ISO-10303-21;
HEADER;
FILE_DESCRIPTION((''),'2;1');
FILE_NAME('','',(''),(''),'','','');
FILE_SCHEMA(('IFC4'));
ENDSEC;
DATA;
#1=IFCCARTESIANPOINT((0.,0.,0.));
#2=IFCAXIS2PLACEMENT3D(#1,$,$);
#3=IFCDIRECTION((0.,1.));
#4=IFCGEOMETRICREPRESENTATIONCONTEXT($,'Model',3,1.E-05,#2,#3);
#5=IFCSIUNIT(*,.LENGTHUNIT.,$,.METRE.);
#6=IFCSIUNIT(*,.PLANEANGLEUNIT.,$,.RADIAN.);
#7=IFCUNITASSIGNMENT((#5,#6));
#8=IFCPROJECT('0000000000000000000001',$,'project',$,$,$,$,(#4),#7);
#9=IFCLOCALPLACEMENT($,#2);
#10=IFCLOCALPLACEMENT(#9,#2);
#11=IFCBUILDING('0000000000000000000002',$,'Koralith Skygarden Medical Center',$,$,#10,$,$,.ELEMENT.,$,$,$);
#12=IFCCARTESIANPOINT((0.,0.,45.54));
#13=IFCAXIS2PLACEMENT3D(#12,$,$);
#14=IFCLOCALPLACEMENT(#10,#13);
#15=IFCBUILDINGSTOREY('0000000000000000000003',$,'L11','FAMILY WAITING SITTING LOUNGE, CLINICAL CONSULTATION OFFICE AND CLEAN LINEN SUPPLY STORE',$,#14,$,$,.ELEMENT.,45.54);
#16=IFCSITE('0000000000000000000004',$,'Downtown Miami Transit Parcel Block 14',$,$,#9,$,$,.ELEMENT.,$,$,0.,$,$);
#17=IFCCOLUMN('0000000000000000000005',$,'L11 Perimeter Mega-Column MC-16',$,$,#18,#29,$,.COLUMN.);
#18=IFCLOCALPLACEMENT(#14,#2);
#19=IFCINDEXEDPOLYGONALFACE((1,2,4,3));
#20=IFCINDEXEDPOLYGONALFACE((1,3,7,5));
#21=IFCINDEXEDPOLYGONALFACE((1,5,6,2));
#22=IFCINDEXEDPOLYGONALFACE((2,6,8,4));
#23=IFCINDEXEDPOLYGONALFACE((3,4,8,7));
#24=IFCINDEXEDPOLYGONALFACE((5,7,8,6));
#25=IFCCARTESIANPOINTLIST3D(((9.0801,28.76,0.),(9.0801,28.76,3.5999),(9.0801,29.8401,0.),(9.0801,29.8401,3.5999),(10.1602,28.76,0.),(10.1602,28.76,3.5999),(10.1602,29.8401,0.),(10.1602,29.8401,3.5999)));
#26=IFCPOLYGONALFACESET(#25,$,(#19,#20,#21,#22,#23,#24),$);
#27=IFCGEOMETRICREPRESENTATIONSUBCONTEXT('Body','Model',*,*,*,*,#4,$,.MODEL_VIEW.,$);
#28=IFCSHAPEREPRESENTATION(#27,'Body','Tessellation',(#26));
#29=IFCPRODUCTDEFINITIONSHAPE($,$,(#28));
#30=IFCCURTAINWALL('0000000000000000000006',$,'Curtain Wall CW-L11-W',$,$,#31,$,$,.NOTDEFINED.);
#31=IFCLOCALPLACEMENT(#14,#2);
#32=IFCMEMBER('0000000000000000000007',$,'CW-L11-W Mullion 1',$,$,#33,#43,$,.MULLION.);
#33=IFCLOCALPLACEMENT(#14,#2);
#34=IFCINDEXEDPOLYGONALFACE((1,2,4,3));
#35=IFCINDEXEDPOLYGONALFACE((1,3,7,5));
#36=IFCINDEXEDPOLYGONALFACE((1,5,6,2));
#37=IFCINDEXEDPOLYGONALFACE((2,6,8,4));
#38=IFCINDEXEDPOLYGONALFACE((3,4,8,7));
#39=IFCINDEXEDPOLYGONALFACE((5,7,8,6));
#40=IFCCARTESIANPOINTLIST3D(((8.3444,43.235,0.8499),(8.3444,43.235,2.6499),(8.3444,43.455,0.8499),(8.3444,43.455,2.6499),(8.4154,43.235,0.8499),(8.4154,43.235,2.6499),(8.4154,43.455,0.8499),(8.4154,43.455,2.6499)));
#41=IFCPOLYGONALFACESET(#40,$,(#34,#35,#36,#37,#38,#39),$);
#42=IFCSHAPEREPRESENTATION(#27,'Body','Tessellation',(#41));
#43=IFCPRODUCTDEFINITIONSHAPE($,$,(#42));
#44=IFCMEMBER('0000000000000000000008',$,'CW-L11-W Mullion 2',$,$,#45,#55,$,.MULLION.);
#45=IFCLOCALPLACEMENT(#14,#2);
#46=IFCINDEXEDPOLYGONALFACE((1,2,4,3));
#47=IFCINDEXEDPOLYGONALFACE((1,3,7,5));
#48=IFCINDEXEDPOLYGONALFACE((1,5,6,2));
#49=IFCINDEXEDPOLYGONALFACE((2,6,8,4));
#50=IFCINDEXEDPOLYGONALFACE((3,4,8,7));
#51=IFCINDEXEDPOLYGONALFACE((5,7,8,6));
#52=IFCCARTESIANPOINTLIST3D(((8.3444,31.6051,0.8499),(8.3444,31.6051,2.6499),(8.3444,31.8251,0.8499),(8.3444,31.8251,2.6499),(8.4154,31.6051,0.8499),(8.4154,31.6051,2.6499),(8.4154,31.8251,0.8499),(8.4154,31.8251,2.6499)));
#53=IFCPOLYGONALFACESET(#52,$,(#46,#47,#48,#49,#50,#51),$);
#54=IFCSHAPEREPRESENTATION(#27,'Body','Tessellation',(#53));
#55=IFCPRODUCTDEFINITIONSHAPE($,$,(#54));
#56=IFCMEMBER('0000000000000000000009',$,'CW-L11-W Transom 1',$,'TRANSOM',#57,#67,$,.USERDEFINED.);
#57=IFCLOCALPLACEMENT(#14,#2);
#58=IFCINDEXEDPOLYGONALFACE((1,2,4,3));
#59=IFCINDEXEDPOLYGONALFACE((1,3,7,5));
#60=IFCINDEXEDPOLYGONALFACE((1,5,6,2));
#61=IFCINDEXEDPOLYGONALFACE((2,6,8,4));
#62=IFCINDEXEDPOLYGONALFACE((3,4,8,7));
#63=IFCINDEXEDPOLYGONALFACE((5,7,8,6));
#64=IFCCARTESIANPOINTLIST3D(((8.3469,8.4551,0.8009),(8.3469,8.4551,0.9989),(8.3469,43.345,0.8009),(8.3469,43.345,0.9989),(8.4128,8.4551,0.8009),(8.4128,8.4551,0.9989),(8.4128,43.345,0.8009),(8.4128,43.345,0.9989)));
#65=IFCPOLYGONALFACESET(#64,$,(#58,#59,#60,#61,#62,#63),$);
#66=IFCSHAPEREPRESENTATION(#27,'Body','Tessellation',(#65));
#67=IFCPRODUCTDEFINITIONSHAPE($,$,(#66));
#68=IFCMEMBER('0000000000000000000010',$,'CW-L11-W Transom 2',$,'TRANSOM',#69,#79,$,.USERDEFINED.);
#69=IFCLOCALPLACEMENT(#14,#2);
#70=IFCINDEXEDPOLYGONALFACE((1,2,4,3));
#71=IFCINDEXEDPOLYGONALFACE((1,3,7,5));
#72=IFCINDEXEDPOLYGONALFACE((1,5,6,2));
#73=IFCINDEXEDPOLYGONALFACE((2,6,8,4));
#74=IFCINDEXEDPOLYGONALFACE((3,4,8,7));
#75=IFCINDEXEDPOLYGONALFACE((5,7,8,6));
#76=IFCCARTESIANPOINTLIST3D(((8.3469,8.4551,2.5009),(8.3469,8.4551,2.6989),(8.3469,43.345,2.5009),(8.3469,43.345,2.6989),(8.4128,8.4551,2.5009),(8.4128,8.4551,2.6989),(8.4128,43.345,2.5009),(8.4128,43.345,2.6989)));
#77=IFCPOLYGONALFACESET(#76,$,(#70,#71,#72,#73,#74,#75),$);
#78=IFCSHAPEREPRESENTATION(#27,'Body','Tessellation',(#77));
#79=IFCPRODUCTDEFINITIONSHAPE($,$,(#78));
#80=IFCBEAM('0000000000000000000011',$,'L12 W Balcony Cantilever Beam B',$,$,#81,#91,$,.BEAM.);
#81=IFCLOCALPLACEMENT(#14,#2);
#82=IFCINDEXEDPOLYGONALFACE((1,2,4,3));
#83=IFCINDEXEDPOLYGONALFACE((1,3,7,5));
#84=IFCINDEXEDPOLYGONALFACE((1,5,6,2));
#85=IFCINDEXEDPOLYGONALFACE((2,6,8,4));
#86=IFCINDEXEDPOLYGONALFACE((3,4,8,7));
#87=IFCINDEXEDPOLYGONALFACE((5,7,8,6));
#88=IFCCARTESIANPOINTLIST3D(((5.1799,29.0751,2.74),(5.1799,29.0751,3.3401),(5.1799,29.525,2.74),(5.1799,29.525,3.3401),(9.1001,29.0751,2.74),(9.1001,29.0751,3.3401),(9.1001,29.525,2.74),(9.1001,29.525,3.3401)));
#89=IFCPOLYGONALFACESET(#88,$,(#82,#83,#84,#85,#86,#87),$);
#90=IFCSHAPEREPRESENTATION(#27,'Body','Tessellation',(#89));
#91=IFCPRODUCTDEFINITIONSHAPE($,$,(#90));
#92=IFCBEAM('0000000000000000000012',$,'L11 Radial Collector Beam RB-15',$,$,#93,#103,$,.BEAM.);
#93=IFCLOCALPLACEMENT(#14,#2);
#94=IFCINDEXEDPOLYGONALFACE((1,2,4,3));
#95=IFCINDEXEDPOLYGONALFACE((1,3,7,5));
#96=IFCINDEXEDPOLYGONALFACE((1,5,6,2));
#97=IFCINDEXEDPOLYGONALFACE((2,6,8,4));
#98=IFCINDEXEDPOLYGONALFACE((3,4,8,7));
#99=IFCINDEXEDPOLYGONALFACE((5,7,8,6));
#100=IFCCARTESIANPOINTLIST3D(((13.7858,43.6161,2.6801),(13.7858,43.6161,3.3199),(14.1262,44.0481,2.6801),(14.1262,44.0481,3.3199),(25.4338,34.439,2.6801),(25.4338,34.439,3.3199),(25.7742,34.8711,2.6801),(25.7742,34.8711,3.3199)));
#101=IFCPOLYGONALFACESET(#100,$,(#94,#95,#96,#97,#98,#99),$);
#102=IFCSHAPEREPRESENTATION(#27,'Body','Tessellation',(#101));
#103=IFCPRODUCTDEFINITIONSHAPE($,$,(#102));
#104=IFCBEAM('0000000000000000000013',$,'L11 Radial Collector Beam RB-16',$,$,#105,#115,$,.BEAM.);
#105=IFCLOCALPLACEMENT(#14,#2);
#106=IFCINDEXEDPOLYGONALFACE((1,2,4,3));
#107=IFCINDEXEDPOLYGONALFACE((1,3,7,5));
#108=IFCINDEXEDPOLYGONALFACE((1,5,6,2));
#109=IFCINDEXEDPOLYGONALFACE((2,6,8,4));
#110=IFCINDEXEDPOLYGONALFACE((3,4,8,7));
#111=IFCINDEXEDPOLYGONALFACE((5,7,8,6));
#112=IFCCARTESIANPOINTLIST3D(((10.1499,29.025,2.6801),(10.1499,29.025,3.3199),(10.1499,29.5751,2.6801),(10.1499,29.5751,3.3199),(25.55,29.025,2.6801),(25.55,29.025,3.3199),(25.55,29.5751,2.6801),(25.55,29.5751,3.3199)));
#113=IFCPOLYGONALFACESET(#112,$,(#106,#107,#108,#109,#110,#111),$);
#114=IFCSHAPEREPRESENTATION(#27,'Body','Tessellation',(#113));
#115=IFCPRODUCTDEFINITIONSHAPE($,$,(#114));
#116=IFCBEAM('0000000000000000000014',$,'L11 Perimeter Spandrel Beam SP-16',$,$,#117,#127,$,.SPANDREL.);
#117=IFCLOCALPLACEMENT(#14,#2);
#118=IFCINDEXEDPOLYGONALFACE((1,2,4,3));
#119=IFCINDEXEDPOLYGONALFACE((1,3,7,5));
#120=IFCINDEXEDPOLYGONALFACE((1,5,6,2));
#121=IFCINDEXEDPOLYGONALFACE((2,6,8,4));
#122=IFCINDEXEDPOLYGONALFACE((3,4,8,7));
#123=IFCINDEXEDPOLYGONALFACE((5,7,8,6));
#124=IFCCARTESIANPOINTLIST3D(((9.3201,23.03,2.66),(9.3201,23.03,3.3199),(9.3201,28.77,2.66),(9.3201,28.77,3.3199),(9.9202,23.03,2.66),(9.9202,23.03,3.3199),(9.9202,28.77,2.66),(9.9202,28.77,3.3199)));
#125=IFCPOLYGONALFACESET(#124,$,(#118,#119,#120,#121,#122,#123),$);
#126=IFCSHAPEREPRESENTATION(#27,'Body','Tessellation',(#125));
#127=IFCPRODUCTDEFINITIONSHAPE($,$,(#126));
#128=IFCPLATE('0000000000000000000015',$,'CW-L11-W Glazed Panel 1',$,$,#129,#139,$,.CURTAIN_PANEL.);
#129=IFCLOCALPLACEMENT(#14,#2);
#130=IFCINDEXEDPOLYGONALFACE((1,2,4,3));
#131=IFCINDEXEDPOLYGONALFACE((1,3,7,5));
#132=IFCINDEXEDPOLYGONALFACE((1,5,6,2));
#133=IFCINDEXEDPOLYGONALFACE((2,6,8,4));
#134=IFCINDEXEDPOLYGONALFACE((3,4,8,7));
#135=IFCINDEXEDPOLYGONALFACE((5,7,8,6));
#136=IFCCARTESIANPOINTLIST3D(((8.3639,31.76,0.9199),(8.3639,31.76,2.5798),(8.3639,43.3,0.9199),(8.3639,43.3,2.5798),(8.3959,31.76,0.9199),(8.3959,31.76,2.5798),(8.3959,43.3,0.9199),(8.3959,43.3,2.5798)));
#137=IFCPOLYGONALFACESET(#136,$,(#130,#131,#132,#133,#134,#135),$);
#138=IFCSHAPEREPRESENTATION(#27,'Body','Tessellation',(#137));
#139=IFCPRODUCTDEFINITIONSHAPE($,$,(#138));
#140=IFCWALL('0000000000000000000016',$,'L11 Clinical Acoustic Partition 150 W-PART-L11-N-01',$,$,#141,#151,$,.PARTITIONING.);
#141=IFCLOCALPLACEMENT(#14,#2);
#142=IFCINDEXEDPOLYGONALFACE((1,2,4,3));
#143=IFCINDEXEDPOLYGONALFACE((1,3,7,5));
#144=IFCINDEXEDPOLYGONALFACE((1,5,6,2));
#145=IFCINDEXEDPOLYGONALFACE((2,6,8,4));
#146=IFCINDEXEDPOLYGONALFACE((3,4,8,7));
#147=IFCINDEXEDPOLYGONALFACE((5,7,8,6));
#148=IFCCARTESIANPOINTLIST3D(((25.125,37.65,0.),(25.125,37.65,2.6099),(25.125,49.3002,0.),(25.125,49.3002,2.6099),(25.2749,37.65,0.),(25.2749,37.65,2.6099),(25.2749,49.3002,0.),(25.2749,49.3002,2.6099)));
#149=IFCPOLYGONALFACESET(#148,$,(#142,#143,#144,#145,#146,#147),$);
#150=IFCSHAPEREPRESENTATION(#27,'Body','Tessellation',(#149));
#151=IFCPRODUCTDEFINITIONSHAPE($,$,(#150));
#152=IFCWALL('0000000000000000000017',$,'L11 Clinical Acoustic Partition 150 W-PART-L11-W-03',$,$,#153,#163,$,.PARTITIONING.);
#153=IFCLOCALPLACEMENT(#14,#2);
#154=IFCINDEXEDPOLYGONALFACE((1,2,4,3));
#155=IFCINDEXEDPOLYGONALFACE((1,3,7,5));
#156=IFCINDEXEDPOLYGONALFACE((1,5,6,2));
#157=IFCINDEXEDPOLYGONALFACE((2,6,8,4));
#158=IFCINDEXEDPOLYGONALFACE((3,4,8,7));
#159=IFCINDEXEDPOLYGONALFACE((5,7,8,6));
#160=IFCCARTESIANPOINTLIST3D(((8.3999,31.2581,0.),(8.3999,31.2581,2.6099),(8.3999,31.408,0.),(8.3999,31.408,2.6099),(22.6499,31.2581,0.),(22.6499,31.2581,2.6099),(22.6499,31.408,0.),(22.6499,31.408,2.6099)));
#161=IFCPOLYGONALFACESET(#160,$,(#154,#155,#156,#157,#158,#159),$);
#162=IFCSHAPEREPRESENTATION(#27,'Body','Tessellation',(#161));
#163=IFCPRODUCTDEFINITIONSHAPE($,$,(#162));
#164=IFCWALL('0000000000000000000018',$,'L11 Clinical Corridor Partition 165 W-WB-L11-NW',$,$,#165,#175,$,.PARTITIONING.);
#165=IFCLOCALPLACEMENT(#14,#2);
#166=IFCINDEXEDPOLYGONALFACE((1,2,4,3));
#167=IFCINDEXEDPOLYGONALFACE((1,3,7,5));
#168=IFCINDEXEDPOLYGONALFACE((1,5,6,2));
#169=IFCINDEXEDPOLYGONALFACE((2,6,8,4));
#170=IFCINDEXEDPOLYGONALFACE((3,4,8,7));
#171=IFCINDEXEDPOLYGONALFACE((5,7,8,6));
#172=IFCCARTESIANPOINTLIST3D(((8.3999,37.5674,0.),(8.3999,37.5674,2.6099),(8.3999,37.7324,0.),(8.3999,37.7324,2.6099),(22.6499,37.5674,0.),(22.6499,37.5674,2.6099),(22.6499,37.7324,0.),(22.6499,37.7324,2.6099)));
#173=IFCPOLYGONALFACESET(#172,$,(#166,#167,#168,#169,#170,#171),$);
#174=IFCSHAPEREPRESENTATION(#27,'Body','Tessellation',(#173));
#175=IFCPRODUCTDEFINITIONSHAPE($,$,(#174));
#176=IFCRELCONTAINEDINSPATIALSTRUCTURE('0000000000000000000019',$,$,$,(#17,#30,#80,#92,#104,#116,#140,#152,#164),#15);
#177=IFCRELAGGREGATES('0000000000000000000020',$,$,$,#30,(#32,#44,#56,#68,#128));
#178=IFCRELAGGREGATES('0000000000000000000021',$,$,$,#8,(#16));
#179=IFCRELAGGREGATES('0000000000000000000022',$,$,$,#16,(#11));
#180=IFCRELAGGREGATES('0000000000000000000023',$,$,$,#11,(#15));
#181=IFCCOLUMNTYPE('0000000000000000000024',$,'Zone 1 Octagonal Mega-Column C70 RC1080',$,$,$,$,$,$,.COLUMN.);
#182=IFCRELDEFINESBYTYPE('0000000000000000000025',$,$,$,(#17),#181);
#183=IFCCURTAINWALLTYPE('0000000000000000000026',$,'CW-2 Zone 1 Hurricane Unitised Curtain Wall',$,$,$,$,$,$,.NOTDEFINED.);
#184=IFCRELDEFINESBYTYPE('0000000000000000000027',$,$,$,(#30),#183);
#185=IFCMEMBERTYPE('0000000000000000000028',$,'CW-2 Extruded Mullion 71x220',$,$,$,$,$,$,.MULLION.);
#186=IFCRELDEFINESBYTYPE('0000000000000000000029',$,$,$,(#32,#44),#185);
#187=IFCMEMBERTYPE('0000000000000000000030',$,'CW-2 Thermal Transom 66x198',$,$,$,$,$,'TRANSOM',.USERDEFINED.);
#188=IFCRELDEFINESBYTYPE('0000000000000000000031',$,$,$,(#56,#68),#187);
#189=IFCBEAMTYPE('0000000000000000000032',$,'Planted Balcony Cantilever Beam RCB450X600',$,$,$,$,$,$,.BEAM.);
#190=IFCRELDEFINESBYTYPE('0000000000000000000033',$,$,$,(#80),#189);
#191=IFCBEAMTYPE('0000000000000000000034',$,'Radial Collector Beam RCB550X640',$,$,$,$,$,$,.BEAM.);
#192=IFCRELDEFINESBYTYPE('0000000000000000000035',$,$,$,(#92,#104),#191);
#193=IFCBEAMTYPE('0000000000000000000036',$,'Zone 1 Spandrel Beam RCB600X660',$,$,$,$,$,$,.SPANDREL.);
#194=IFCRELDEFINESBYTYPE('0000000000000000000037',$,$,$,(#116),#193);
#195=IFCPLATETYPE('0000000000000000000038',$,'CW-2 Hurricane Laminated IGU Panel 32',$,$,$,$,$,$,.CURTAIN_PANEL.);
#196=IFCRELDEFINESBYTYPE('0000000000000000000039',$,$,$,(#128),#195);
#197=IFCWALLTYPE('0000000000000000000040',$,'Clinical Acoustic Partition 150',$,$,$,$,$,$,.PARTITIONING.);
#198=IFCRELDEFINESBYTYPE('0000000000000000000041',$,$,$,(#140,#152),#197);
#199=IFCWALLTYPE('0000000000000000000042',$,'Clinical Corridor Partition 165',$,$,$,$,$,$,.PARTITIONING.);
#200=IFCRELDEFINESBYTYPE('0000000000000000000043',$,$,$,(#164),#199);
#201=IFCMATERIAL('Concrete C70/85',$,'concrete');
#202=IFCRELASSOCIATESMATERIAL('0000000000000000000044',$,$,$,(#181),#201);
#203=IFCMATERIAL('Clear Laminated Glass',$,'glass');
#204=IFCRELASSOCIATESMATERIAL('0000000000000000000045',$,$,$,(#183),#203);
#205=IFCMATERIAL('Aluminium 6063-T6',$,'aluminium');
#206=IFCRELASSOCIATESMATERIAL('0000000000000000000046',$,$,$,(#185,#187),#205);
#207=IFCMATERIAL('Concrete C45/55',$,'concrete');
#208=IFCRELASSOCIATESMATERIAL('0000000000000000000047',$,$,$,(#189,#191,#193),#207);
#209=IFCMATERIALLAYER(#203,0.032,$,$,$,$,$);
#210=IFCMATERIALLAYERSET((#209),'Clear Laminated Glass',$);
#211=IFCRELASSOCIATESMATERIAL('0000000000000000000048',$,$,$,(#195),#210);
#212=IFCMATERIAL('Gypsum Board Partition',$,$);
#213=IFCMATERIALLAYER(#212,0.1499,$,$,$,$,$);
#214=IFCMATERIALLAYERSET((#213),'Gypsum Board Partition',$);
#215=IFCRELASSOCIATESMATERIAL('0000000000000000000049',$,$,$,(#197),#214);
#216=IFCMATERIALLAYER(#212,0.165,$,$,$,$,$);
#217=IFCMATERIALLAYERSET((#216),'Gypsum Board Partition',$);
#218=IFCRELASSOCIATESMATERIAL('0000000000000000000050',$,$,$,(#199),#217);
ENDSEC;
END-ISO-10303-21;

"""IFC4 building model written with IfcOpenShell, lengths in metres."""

from ifc_helpers import new_model, si_unit, direction, frame, frame_2d, origin, origin_2d, place, context, subcontext, project, spatial, rectangle, extrude, material, layer, layer_set, material_profile, profile_set, type_object, element, aggregate, save


model = new_model("IFC4")

# Units and contexts
model_context = context("Model", 3, precision=1e-05, world=origin(), true_north=direction((0.0, 1.0)))
body_context = subcontext(model_context, "Body", "Model", "MODEL_VIEW")
ifc_project = project(units=[si_unit("LENGTHUNIT", "METRE"), si_unit("PLANEANGLEUNIT", "RADIAN")], contexts=[model_context])

# Site, building, storey
site_placement = place(None, origin())
site = spatial("IfcSite", under=ifc_project, at=site_placement, Name="Downtown Miami Transit Parcel Block 14", CompositionType="ELEMENT", RefElevation=0.0)
building_placement = place(site_placement, origin())
building = spatial("IfcBuilding", under=site, at=building_placement, Name="Koralith Skygarden Medical Center", CompositionType="ELEMENT")
storey_placement = place(building_placement, frame((0.0, 0.0, 45.54)))
storey = spatial("IfcBuildingStorey", under=building, at=storey_placement, Name="L11", Description="FAMILY WAITING SITTING LOUNGE, CLINICAL CONSULTATION OFFICE AND CLEAN LINEN SUPPLY STORE", CompositionType="ELEMENT", Elevation=45.54)

# Column
ifc_material_1 = material(Name="Concrete C70/85", Category="concrete")
ifc_material_profile_1 = material_profile(ifc_material_1, rectangle(XDim=1.0801, YDim=1.0801, at=origin_2d()), Name="RC1080X1080")
ifc_profile_set_1 = profile_set([ifc_material_profile_1], Name="Concrete C70/85")
column_type = type_object("IfcColumnType", Name="Zone 1 Octagonal Mega-Column C70 RC1080", PredefinedType="COLUMN", material=ifc_profile_set_1)
column_placement = place(storey_placement, frame((9.6201, 29.3, 0.0), z_axis=(0.0, 0.0, 1.0), x_axis=(1.0, 0.0, 0.0)))
element("IfcColumn", 1, at=column_placement, inside=storey, type_object=column_type, Name="L11 Perimeter Mega-Column MC-16", PredefinedType="COLUMN", context=body_context, shape_type="SweptSolid", body=[
    extrude(rectangle(XDim=1.0801, YDim=1.0801, at=origin_2d()), origin(), (0.0, 0.0, 1.0), 3.5999),
])

# Curtain wall, members
ifc_material_2 = material(Name="Clear Laminated Glass", Category="glass")
curtain_wall_type = type_object("IfcCurtainWallType", Name="CW-2 Zone 1 Hurricane Unitised Curtain Wall", PredefinedType="NOTDEFINED", material=ifc_material_2)
curtain_wall_placement = place(storey_placement, origin())
curtain_wall = element("IfcCurtainWall", 2, at=curtain_wall_placement, inside=storey, type_object=curtain_wall_type, Name="Curtain Wall CW-L11-W", PredefinedType="NOTDEFINED")
ifc_material_3 = material(Name="Aluminium 6063-T6", Category="aluminium")
ifc_material_profile_2 = material_profile(ifc_material_3, rectangle(XDim=0.071, YDim=0.22, at=origin_2d()), Name="MUL71X220")
ifc_profile_set_2 = profile_set([ifc_material_profile_2], Name="Aluminium 6063-T6")
member_type_1 = type_object("IfcMemberType", Name="CW-2 Extruded Mullion 71x220", PredefinedType="MULLION", material=ifc_profile_set_2)
member_1_placement = place(storey_placement, frame((8.3799, 43.345, 0.8499), z_axis=(0.0, 0.0, 1.0), x_axis=(1.0, 0.0, 0.0)))
member_1 = element("IfcMember", 3, at=member_1_placement, type_object=member_type_1, Name="CW-L11-W Mullion 1", PredefinedType="MULLION", context=body_context, shape_type="SweptSolid", body=[
    extrude(rectangle(XDim=0.071, YDim=0.22, at=origin_2d()), origin(), (0.0, 0.0, 1.0), 1.8),
])
member_2_placement = place(storey_placement, frame((8.3799, 31.7151, 0.8499), z_axis=(0.0, 0.0, 1.0), x_axis=(1.0, 0.0, 0.0)))
member_2 = element("IfcMember", 4, at=member_2_placement, type_object=member_type_1, Name="CW-L11-W Mullion 2", PredefinedType="MULLION", context=body_context, shape_type="SweptSolid", body=[
    extrude(rectangle(XDim=0.071, YDim=0.22, at=origin_2d()), origin(), (0.0, 0.0, 1.0), 1.8),
])
ifc_material_profile_3 = material_profile(ifc_material_3, rectangle(XDim=0.0659, YDim=0.198, at=origin_2d()), Name="TRN66X198")
ifc_profile_set_3 = profile_set([ifc_material_profile_3], Name="Aluminium 6063-T6")
member_type_2 = type_object("IfcMemberType", Name="CW-2 Thermal Transom 66x198", ElementType="TRANSOM", PredefinedType="USERDEFINED", material=ifc_profile_set_3)
member_3_placement = place(storey_placement, frame((8.3799, 43.345, 0.8999), z_axis=(0.0, -1.0, 0.0), x_axis=(1.0, 0.0, 0.0)))
member_3 = element("IfcMember", 5, at=member_3_placement, type_object=member_type_2, Name="CW-L11-W Transom 1", ObjectType="TRANSOM", PredefinedType="USERDEFINED", context=body_context, shape_type="SweptSolid", body=[
    extrude(rectangle(XDim=0.0659, YDim=0.198, at=origin_2d()), origin(), (0.0, 0.0, 1.0), 34.8899),
])
member_4_placement = place(storey_placement, frame((8.3799, 43.345, 2.5999), z_axis=(0.0, -1.0, 0.0), x_axis=(1.0, 0.0, 0.0)))
member_4 = element("IfcMember", 6, at=member_4_placement, type_object=member_type_2, Name="CW-L11-W Transom 2", ObjectType="TRANSOM", PredefinedType="USERDEFINED", context=body_context, shape_type="SweptSolid", body=[
    extrude(rectangle(XDim=0.0659, YDim=0.198, at=origin_2d()), origin(), (0.0, 0.0, 1.0), 34.8899),
])

# Beams
ifc_material_4 = material(Name="Concrete C45/55", Category="concrete")
ifc_material_profile_4 = material_profile(ifc_material_4, rectangle(XDim=0.45, YDim=0.6001, at=origin_2d()), Name="RCB450X600")
ifc_profile_set_4 = profile_set([ifc_material_profile_4], Name="Concrete C45/55")
beam_type_1 = type_object("IfcBeamType", Name="Planted Balcony Cantilever Beam RCB450X600", PredefinedType="BEAM", material=ifc_profile_set_4)
beam_1_placement = place(storey_placement, frame((9.1001, 29.3, 3.04), z_axis=(-1.0, 0.0, 0.0), x_axis=(0.0, -1.0, 0.0)))
element("IfcBeam", 7, at=beam_1_placement, inside=storey, type_object=beam_type_1, Name="L12 W Balcony Cantilever Beam B", PredefinedType="BEAM", context=body_context, shape_type="SweptSolid", body=[
    extrude(rectangle(XDim=0.45, YDim=0.6001, at=origin_2d()), origin(), (0.0, 0.0, 1.0), 3.9202),
])
ifc_material_profile_5 = material_profile(ifc_material_4, rectangle(XDim=0.55, YDim=0.6399, at=origin_2d()), Name="RCB550X640")
ifc_profile_set_5 = profile_set([ifc_material_profile_5], Name="Concrete C45/55")
beam_type_2 = type_object("IfcBeamType", Name="Radial Collector Beam RCB550X640", PredefinedType="BEAM", material=ifc_profile_set_5)
beam_2_placement = place(storey_placement, frame((25.604, 34.655, 3.0), z_axis=(-0.785497, 0.618865, 0.0), x_axis=(-0.618865, -0.785497, 0.0)))
element("IfcBeam", 8, at=beam_2_placement, inside=storey, type_object=beam_type_2, Name="L11 Radial Collector Beam RB-15", PredefinedType="BEAM", context=body_context, shape_type="SweptSolid", body=[
    extrude(rectangle(XDim=0.55, YDim=0.6399, at=origin_2d()), origin(), (0.0, 0.0, 1.0), 14.8289),
])
beam_3_placement = place(storey_placement, frame((25.55, 29.3, 3.0), z_axis=(-1.0, 0.0, 0.0), x_axis=(0.0, -1.0, 0.0)))
element("IfcBeam", 9, at=beam_3_placement, inside=storey, type_object=beam_type_2, Name="L11 Radial Collector Beam RB-16", PredefinedType="BEAM", context=body_context, shape_type="SweptSolid", body=[
    extrude(rectangle(XDim=0.55, YDim=0.6399, at=origin_2d()), origin(), (0.0, 0.0, 1.0), 15.4001),
])
ifc_material_profile_6 = material_profile(ifc_material_4, rectangle(XDim=0.6001, YDim=0.6599, at=origin_2d()), Name="RCB600X660")
ifc_profile_set_6 = profile_set([ifc_material_profile_6], Name="Concrete C45/55")
beam_type_3 = type_object("IfcBeamType", Name="Zone 1 Spandrel Beam RCB600X660", PredefinedType="SPANDREL", material=ifc_profile_set_6)
beam_4_placement = place(storey_placement, frame((9.6201, 28.77, 2.99), z_axis=(0.0, -1.0, 0.0), x_axis=(1.0, 0.0, 0.0)))
element("IfcBeam", 10, at=beam_4_placement, inside=storey, type_object=beam_type_3, Name="L11 Perimeter Spandrel Beam SP-16", PredefinedType="SPANDREL", context=body_context, shape_type="SweptSolid", body=[
    extrude(rectangle(XDim=0.6001, YDim=0.6599, at=origin_2d()), origin(), (0.0, 0.0, 1.0), 5.74),
])

# Plate
ifc_layer_1 = layer(ifc_material_2, 0.032)
ifc_layer_set_1 = layer_set([ifc_layer_1], Name="Clear Laminated Glass")
plate_type = type_object("IfcPlateType", Name="CW-2 Hurricane Laminated IGU Panel 32", PredefinedType="CURTAIN_PANEL", material=ifc_layer_set_1)
plate_placement = place(storey_placement, frame((8.3799, 37.53, 0.9199), z_axis=(0.0, 0.0, 1.0), x_axis=(0.0, -1.0, 0.0)))
plate = element("IfcPlate", 11, at=plate_placement, type_object=plate_type, Name="CW-L11-W Glazed Panel 1", PredefinedType="CURTAIN_PANEL", context=body_context, shape_type="SweptSolid", body=[
    extrude(rectangle(XDim=11.54, YDim=0.032, at=origin_2d()), origin(), (0.0, 0.0, 1.0), 1.6599),
])
aggregate(curtain_wall, [member_1, member_2, member_3, member_4, plate])

# Walls
ifc_material_5 = material(Name="Gypsum Board Partition")
ifc_layer_2 = layer(ifc_material_5, 0.1499)
ifc_layer_set_2 = layer_set([ifc_layer_2], Name="Gypsum Board Partition")
wall_type_1 = type_object("IfcWallType", Name="Clinical Acoustic Partition 150", PredefinedType="PARTITIONING", material=ifc_layer_set_2)
wall_1_placement = place(storey_placement, frame((25.2, 37.6499, 0.0), z_axis=(0.0, 0.0, 1.0), x_axis=(0.0, 1.0, 0.0)))
element("IfcWall", 12, at=wall_1_placement, inside=storey, type_object=wall_type_1, Name="L11 Clinical Acoustic Partition 150 W-PART-L11-N-01", PredefinedType="PARTITIONING", context=body_context, shape_type="SweptSolid", body=[
    extrude(rectangle(XDim=11.6501, YDim=0.1499, at=frame_2d((5.8252, 0.0))), origin(), (0.0, 0.0, 1.0), 2.6099),
])
wall_2_placement = place(storey_placement, frame((22.6499, 31.333, 0.0), z_axis=(0.0, 0.0, 1.0), x_axis=(-1.0, 0.0, 0.0)))
element("IfcWall", 13, at=wall_2_placement, inside=storey, type_object=wall_type_1, Name="L11 Clinical Acoustic Partition 150 W-PART-L11-W-03", PredefinedType="PARTITIONING", context=body_context, shape_type="SweptSolid", body=[
    extrude(rectangle(XDim=14.25, YDim=0.1499, at=frame_2d((7.125, 0.0))), origin(), (0.0, 0.0, 1.0), 2.6099),
])
ifc_layer_3 = layer(ifc_material_5, 0.165)
ifc_layer_set_3 = layer_set([ifc_layer_3], Name="Gypsum Board Partition")
wall_type_2 = type_object("IfcWallType", Name="Clinical Corridor Partition 165", PredefinedType="PARTITIONING", material=ifc_layer_set_3)
wall_3_placement = place(storey_placement, frame((8.3999, 37.6499, 0.0), z_axis=(0.0, 0.0, 1.0), x_axis=(1.0, 0.0, 0.0)))
element("IfcWall", 14, at=wall_3_placement, inside=storey, type_object=wall_type_2, Name="L11 Clinical Corridor Partition 165 W-WB-L11-NW", PredefinedType="PARTITIONING", context=body_context, shape_type="SweptSolid", body=[
    extrude(rectangle(XDim=14.25, YDim=0.165, at=frame_2d((7.125, 0.0))), origin(), (0.0, 0.0, 1.0), 2.6099),
])

save(model, "model.ifc")
